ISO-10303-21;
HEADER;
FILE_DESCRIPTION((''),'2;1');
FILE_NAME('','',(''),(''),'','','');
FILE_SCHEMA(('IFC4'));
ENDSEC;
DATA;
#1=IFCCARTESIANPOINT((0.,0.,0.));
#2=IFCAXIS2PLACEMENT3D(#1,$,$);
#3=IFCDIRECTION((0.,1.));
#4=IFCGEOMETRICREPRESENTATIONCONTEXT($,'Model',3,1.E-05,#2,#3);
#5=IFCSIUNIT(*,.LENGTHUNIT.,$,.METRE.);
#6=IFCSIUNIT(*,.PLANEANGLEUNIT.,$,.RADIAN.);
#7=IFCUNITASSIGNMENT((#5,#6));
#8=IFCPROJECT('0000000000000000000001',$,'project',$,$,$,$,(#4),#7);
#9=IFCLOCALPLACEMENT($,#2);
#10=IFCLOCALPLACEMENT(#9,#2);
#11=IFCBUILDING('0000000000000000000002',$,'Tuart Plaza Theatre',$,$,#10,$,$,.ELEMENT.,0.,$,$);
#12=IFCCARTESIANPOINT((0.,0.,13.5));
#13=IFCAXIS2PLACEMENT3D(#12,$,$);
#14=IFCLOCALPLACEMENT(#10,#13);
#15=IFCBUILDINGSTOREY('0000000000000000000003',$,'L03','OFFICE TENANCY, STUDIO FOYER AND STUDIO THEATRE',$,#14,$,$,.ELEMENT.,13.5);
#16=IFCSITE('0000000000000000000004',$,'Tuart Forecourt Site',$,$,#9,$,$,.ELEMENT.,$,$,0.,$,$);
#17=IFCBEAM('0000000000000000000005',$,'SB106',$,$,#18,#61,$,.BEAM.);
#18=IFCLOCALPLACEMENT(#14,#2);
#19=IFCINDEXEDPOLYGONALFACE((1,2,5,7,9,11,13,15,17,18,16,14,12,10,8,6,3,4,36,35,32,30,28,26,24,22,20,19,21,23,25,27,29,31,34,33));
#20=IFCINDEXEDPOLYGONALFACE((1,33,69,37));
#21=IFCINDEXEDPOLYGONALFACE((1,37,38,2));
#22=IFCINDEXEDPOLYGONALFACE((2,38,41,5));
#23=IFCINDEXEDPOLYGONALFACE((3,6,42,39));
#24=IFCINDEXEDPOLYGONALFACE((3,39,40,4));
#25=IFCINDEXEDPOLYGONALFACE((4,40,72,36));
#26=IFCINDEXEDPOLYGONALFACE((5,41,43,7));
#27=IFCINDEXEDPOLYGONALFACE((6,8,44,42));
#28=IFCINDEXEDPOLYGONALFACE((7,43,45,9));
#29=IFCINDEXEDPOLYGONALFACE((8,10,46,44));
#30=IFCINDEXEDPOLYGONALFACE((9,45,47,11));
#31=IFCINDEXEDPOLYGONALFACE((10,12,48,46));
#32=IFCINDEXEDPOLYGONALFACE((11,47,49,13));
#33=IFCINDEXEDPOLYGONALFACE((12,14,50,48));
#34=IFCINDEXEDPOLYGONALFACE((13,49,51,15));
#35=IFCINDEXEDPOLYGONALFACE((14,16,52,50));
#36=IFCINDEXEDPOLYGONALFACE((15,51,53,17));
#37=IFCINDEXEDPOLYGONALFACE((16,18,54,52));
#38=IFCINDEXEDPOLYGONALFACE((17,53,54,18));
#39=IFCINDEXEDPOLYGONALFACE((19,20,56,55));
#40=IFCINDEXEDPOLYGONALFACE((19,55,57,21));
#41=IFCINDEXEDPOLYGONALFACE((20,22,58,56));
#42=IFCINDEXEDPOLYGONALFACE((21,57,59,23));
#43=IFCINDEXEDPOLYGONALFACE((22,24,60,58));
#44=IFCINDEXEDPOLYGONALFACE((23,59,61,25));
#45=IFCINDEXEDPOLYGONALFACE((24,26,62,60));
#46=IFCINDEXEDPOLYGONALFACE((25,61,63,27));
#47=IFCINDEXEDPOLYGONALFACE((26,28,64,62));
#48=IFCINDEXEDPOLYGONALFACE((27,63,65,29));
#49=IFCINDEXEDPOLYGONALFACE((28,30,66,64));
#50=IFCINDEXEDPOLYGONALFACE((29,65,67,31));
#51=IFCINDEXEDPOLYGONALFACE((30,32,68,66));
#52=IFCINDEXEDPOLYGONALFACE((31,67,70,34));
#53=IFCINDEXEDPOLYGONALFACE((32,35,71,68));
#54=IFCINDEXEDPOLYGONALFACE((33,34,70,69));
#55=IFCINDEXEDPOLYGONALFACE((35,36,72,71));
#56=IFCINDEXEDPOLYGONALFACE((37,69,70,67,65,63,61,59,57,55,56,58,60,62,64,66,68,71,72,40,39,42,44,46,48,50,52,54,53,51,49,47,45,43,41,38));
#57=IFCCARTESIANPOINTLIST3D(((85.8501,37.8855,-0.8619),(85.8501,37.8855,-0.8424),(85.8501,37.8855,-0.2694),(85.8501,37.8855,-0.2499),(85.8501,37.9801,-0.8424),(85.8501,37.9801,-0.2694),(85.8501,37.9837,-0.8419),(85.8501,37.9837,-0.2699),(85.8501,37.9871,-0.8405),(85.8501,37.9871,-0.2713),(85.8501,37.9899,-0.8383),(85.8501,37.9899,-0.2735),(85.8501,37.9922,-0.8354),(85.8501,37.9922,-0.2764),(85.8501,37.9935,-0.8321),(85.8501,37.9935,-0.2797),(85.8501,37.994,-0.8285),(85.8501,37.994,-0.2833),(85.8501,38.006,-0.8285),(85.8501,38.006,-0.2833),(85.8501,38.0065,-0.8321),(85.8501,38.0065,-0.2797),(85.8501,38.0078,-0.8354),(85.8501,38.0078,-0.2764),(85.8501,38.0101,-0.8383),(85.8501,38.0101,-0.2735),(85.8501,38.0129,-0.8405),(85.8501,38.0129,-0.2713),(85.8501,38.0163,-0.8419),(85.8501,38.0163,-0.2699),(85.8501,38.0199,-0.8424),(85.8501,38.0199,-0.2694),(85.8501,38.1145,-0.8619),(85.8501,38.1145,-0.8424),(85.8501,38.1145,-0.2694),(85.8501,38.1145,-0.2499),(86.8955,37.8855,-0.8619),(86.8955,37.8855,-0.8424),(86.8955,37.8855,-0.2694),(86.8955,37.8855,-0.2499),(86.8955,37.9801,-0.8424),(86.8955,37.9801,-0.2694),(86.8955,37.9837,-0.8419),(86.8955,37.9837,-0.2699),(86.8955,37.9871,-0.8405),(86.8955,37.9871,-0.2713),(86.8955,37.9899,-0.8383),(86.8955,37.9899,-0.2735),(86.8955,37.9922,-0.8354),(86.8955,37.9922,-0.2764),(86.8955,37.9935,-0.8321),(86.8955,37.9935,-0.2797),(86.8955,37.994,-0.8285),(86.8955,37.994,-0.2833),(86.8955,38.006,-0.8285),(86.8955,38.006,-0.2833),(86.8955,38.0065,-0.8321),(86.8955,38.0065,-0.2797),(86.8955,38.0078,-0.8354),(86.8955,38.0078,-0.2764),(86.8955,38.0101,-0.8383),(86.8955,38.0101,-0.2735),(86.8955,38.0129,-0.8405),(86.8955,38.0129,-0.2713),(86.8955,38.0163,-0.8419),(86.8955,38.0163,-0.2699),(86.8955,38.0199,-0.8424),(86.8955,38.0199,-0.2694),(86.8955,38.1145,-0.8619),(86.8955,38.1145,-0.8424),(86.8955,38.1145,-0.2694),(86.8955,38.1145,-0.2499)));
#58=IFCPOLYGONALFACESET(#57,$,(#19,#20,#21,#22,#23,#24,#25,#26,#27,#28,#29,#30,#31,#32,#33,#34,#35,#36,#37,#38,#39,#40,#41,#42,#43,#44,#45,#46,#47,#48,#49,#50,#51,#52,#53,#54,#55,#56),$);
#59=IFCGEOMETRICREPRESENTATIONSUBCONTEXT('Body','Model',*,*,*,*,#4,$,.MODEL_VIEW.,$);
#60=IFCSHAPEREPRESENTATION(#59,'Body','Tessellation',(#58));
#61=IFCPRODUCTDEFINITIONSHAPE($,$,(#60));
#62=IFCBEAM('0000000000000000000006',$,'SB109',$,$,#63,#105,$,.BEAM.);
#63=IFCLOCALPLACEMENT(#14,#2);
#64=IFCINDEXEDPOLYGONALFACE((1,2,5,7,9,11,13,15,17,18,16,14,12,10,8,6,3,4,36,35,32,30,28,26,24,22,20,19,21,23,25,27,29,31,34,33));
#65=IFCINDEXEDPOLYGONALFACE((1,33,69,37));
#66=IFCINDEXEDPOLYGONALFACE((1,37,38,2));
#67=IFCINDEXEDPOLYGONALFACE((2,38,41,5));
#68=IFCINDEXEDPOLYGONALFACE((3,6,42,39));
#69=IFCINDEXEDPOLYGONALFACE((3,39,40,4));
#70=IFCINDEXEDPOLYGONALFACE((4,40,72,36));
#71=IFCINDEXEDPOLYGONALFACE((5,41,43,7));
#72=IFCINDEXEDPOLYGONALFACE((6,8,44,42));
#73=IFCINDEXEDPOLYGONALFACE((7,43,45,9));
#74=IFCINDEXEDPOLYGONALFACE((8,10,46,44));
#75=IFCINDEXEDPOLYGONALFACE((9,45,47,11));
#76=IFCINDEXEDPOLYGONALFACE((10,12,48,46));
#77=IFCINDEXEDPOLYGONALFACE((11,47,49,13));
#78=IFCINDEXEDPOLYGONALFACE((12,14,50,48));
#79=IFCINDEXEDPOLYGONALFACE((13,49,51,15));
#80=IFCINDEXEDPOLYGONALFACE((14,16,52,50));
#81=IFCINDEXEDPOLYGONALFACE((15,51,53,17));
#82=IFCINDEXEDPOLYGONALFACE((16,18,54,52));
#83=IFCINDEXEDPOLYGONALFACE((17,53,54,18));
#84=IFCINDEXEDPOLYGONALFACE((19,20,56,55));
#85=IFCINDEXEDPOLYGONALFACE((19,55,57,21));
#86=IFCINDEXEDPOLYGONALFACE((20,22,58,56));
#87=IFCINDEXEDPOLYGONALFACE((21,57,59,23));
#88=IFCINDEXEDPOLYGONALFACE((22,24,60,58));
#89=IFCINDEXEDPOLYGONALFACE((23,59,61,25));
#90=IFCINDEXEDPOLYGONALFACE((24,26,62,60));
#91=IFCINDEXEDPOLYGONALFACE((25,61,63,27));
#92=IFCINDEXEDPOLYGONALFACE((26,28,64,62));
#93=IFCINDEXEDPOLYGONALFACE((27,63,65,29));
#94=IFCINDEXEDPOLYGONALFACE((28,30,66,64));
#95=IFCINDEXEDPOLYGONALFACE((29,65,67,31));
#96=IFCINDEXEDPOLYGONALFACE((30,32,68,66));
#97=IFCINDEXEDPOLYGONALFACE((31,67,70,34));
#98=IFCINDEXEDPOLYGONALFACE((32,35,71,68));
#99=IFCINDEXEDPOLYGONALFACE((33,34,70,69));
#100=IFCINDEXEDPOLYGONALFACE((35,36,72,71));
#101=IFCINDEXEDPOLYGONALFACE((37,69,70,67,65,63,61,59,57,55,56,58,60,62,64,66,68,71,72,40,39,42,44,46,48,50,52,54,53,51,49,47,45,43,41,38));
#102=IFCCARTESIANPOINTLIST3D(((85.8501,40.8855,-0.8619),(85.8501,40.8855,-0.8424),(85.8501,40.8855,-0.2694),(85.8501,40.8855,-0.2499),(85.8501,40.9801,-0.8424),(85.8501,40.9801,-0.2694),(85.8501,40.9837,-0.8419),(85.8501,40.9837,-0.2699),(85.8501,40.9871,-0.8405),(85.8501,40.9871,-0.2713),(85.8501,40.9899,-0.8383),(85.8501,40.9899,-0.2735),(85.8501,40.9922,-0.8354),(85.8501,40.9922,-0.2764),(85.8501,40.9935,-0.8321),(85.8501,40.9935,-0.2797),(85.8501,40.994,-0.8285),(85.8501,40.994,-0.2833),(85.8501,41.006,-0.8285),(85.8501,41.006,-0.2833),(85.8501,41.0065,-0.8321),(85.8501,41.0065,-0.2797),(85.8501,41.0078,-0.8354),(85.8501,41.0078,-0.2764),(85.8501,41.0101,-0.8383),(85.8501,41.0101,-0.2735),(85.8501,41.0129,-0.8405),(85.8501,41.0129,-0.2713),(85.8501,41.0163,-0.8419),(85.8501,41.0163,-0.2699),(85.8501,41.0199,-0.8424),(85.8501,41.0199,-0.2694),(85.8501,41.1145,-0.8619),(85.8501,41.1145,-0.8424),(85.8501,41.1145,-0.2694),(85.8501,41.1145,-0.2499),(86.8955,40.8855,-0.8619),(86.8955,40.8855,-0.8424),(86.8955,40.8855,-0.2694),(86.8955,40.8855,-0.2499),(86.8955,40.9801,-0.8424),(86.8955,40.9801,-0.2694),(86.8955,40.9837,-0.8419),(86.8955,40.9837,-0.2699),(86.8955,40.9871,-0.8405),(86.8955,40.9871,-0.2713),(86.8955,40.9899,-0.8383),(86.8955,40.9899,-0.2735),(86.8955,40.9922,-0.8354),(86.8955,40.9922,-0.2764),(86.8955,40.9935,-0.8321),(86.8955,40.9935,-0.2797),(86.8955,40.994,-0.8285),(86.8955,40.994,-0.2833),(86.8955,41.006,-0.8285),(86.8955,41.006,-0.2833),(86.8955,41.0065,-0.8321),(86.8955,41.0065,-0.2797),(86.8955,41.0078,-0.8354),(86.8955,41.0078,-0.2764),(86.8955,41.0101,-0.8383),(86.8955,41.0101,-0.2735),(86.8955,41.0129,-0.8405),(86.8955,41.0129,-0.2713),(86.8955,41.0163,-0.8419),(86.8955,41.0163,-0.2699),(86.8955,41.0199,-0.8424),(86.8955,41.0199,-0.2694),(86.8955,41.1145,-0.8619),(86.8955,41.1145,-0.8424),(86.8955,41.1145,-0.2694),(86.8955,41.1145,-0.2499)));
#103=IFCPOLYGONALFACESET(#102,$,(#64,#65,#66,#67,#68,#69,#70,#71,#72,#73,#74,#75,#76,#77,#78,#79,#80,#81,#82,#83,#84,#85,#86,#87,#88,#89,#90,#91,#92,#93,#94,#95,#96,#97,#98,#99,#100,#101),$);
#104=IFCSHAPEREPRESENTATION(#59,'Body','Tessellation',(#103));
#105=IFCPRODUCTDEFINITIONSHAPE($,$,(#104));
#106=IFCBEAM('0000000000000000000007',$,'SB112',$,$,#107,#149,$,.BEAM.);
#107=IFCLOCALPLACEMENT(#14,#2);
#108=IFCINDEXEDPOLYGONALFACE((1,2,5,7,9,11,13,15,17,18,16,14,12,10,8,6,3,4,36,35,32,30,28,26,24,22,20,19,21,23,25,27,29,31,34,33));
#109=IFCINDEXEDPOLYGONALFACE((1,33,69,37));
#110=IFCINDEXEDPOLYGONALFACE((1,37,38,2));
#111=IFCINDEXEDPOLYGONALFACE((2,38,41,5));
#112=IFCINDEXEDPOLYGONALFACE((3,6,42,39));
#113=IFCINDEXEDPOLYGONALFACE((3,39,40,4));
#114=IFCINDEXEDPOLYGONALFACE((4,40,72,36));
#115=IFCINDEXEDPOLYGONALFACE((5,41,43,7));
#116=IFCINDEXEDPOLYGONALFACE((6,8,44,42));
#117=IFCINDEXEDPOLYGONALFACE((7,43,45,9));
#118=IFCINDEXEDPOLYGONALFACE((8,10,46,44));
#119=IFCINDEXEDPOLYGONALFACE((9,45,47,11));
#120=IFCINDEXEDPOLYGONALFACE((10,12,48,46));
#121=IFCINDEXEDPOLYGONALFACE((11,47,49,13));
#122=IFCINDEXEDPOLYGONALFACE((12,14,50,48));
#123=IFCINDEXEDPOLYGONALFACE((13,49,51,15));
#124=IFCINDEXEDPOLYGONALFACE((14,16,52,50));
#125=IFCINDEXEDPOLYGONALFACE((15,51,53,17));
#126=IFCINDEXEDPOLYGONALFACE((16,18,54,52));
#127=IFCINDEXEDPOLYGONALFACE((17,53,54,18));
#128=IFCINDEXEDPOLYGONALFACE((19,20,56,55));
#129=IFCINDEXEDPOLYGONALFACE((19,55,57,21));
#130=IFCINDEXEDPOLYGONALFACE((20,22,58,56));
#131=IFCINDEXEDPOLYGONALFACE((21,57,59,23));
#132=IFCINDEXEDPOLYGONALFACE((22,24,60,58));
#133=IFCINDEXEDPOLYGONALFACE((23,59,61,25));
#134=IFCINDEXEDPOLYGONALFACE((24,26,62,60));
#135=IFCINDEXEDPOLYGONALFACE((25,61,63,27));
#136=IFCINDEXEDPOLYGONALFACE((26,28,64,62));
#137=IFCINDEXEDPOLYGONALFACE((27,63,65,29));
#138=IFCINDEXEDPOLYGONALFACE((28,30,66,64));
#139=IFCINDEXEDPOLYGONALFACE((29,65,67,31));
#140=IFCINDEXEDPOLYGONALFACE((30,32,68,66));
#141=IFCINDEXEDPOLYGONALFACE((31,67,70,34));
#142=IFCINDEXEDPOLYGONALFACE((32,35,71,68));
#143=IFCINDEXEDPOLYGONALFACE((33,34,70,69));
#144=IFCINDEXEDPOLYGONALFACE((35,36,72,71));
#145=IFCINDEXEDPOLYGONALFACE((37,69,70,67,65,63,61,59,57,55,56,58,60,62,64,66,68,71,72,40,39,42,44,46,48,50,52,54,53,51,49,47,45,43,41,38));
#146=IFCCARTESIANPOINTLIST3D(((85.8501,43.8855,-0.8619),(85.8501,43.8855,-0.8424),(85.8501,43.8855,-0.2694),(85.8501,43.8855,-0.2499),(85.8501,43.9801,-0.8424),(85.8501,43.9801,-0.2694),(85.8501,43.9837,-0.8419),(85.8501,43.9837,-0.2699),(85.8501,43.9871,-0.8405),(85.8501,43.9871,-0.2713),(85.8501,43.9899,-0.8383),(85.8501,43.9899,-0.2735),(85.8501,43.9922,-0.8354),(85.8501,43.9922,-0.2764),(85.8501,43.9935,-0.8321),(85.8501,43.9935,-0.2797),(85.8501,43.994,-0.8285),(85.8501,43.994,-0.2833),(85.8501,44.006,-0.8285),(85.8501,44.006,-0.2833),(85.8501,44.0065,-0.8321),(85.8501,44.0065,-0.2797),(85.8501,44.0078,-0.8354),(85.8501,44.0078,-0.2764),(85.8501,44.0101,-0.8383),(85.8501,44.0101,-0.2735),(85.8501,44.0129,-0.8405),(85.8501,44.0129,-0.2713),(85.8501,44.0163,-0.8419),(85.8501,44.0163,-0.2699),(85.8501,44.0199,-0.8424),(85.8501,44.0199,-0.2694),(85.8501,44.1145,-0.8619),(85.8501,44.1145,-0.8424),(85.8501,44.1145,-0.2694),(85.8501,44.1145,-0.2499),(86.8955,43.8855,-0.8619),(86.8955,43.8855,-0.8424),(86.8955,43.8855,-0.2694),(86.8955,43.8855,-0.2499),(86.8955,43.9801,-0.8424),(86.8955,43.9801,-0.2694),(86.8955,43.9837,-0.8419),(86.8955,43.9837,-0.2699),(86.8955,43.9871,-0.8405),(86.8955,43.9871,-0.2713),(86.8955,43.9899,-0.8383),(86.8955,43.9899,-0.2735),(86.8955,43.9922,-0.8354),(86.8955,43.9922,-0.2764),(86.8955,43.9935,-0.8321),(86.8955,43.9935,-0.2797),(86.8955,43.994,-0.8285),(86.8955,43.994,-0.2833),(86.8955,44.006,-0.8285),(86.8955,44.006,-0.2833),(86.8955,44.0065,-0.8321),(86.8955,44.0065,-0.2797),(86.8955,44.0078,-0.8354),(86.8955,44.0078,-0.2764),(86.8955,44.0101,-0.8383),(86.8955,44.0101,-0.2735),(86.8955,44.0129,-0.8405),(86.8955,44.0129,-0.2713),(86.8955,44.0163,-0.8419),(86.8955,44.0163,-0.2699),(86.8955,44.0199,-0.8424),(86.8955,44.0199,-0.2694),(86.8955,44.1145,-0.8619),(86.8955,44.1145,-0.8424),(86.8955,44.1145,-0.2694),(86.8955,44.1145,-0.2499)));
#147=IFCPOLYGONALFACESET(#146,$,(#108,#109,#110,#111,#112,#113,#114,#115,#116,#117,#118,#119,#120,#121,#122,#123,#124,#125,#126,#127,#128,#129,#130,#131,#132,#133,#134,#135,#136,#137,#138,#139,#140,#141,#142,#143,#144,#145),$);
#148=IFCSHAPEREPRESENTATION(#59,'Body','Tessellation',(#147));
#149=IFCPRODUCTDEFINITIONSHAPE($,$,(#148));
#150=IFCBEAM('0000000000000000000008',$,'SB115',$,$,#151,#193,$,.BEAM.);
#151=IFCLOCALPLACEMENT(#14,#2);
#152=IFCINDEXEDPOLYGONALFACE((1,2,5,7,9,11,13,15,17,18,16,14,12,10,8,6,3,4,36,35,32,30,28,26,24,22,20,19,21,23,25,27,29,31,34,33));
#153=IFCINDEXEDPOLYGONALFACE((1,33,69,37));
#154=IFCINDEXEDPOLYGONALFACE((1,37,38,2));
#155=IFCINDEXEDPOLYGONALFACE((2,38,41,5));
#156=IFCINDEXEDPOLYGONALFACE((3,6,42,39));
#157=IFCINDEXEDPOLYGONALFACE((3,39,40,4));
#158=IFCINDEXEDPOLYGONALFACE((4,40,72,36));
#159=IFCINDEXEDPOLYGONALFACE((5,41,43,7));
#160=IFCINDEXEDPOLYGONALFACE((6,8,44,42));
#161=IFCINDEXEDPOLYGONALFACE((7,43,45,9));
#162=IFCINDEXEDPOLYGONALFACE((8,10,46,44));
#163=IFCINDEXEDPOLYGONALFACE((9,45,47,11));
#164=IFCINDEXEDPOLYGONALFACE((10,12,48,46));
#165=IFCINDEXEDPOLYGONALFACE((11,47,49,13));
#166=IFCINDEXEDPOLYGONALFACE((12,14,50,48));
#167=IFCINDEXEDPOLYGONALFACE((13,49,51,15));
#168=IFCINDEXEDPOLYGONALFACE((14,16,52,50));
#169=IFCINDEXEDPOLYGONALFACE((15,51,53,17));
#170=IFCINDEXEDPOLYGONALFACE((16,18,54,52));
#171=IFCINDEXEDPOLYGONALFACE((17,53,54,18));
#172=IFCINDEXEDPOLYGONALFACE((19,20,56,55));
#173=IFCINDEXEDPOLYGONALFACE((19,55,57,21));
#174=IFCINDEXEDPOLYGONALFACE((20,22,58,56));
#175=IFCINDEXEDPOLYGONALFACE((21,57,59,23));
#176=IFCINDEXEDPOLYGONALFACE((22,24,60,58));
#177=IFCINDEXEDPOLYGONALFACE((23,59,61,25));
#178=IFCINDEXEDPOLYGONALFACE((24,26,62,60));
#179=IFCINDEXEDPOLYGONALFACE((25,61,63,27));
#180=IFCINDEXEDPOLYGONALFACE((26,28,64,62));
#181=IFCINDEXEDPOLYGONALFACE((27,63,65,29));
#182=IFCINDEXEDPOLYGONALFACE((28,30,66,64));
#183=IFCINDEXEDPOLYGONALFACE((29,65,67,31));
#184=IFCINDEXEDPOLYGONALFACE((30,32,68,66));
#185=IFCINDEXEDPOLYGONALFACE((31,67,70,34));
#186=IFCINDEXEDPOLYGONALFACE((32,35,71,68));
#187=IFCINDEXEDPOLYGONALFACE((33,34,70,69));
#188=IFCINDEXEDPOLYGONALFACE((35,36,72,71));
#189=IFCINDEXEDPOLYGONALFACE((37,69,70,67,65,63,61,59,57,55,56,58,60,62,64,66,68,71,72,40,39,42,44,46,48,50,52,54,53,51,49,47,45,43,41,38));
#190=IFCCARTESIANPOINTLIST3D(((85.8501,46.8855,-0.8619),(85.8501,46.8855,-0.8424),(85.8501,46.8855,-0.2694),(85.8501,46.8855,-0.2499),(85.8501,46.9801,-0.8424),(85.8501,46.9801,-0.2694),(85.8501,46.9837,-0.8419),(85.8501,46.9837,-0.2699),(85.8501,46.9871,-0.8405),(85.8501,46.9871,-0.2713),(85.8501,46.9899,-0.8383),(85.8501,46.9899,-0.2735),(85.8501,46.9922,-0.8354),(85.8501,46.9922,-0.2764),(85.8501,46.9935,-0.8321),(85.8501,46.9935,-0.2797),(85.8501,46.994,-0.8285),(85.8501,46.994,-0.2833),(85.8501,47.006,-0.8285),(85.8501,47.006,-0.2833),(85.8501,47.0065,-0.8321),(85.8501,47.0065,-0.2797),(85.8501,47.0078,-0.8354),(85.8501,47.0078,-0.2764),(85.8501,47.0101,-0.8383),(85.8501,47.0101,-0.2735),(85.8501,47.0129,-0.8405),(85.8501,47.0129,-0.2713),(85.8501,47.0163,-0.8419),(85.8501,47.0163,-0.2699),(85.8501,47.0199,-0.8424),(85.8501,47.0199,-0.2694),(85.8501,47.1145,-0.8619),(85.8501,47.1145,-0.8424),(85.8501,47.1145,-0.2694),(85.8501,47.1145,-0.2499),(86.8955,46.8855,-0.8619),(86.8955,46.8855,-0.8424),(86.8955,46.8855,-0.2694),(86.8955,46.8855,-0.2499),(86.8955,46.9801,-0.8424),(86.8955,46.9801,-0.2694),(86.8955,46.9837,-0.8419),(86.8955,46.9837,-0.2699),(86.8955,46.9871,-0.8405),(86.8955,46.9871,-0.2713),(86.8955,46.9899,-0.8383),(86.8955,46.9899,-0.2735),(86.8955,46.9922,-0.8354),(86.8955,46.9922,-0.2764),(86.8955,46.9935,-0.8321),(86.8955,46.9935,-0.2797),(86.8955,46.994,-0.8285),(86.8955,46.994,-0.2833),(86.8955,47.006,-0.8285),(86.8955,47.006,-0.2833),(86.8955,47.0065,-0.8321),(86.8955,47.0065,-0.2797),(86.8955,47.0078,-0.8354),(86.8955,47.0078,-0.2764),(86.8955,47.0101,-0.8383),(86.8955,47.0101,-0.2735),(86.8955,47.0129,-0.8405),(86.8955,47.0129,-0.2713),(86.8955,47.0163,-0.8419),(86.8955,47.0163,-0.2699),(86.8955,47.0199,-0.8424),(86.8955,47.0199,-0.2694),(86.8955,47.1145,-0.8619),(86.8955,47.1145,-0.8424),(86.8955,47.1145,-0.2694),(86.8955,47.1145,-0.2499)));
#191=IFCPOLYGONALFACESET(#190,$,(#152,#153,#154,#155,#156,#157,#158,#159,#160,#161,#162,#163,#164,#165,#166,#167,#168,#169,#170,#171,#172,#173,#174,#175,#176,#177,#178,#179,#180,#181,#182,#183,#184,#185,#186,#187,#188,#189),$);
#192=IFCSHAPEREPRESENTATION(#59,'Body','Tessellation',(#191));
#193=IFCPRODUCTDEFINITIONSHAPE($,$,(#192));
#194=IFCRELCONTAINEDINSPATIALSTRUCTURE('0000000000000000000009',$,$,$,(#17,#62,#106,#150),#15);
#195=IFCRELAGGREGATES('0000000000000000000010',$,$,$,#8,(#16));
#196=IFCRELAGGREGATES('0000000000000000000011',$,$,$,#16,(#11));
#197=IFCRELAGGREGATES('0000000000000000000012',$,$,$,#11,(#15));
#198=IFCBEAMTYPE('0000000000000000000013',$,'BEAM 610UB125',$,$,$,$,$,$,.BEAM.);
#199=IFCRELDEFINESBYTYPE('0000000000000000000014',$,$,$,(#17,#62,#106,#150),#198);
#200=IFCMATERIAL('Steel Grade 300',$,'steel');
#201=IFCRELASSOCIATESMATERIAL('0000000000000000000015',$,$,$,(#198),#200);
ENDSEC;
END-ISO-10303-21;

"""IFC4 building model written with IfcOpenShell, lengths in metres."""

from ifc_helpers import new_model, si_unit, direction, frame, origin, origin_2d, place, context, subcontext, project, spatial, i_section, extrude, material, material_profile, profile_set, type_object, element, save


model = new_model("IFC4")

# Units and contexts
model_context = context("Model", 3, precision=1e-05, world=origin(), true_north=direction((0.0, 1.0)))
body_context = subcontext(model_context, "Body", "Model", "MODEL_VIEW")
ifc_project = project(units=[si_unit("LENGTHUNIT", "METRE"), si_unit("PLANEANGLEUNIT", "RADIAN")], contexts=[model_context])

# Site, building, storey
site_placement = place(None, origin())
site = spatial("IfcSite", under=ifc_project, at=site_placement, Name="Tuart Forecourt Site", CompositionType="ELEMENT", RefElevation=0.0)
building_placement = place(site_placement, origin())
building = spatial("IfcBuilding", under=site, at=building_placement, Name="Tuart Plaza Theatre", CompositionType="ELEMENT", ElevationOfRefHeight=0.0)
storey_placement = place(building_placement, frame((0.0, 0.0, 13.5)))
storey = spatial("IfcBuildingStorey", under=building, at=storey_placement, Name="L03", Description="OFFICE TENANCY, STUDIO FOYER AND STUDIO THEATRE", CompositionType="ELEMENT", Elevation=13.5)

# Beams
ifc_material_1 = material(Name="Steel Grade 300", Category="steel")
ifc_material_profile_1 = material_profile(ifc_material_1, i_section(OverallWidth=0.229, OverallDepth=0.6121, WebThickness=0.012, FlangeThickness=0.0195, FilletRadius=0.0139, at=origin_2d()), Name="610UB125")
ifc_profile_set_1 = profile_set([ifc_material_profile_1], Name="Steel Grade 300")
beam_type_1 = type_object("IfcBeamType", Name="BEAM 610UB125", PredefinedType="BEAM", material=ifc_profile_set_1)
for number, where, z_axis, x_axis, name in (
    (1, (85.8501, 38.0, -0.5559), (1.0, 0.0, 0.0), (0.0, 1.0, 0.0), "SB106"),
    (2, (85.8501, 41.0, -0.5559), (1.0, 0.0, 0.0), (0.0, 1.0, 0.0), "SB109"),
    (3, (85.8501, 44.0, -0.5559), (1.0, 0.0, 0.0), (0.0, 1.0, 0.0), "SB112"),
    (4, (85.8501, 47.0, -0.5559), (1.0, 0.0, 0.0), (0.0, 1.0, 0.0), "SB115"),
):
    element("IfcBeam", number, at=place(storey_placement, frame(where, z_axis=z_axis, x_axis=x_axis)), inside=storey, type_object=beam_type_1, Name=name, PredefinedType="BEAM", context=body_context, shape_type="SweptSolid", body=[
        extrude(i_section(OverallWidth=0.229, OverallDepth=0.6121, WebThickness=0.012, FlangeThickness=0.0195, FilletRadius=0.0139, at=origin_2d()), origin(), (0.0, 0.0, 1.0), 1.0454),
    ])

save(model, "model.ifc")
